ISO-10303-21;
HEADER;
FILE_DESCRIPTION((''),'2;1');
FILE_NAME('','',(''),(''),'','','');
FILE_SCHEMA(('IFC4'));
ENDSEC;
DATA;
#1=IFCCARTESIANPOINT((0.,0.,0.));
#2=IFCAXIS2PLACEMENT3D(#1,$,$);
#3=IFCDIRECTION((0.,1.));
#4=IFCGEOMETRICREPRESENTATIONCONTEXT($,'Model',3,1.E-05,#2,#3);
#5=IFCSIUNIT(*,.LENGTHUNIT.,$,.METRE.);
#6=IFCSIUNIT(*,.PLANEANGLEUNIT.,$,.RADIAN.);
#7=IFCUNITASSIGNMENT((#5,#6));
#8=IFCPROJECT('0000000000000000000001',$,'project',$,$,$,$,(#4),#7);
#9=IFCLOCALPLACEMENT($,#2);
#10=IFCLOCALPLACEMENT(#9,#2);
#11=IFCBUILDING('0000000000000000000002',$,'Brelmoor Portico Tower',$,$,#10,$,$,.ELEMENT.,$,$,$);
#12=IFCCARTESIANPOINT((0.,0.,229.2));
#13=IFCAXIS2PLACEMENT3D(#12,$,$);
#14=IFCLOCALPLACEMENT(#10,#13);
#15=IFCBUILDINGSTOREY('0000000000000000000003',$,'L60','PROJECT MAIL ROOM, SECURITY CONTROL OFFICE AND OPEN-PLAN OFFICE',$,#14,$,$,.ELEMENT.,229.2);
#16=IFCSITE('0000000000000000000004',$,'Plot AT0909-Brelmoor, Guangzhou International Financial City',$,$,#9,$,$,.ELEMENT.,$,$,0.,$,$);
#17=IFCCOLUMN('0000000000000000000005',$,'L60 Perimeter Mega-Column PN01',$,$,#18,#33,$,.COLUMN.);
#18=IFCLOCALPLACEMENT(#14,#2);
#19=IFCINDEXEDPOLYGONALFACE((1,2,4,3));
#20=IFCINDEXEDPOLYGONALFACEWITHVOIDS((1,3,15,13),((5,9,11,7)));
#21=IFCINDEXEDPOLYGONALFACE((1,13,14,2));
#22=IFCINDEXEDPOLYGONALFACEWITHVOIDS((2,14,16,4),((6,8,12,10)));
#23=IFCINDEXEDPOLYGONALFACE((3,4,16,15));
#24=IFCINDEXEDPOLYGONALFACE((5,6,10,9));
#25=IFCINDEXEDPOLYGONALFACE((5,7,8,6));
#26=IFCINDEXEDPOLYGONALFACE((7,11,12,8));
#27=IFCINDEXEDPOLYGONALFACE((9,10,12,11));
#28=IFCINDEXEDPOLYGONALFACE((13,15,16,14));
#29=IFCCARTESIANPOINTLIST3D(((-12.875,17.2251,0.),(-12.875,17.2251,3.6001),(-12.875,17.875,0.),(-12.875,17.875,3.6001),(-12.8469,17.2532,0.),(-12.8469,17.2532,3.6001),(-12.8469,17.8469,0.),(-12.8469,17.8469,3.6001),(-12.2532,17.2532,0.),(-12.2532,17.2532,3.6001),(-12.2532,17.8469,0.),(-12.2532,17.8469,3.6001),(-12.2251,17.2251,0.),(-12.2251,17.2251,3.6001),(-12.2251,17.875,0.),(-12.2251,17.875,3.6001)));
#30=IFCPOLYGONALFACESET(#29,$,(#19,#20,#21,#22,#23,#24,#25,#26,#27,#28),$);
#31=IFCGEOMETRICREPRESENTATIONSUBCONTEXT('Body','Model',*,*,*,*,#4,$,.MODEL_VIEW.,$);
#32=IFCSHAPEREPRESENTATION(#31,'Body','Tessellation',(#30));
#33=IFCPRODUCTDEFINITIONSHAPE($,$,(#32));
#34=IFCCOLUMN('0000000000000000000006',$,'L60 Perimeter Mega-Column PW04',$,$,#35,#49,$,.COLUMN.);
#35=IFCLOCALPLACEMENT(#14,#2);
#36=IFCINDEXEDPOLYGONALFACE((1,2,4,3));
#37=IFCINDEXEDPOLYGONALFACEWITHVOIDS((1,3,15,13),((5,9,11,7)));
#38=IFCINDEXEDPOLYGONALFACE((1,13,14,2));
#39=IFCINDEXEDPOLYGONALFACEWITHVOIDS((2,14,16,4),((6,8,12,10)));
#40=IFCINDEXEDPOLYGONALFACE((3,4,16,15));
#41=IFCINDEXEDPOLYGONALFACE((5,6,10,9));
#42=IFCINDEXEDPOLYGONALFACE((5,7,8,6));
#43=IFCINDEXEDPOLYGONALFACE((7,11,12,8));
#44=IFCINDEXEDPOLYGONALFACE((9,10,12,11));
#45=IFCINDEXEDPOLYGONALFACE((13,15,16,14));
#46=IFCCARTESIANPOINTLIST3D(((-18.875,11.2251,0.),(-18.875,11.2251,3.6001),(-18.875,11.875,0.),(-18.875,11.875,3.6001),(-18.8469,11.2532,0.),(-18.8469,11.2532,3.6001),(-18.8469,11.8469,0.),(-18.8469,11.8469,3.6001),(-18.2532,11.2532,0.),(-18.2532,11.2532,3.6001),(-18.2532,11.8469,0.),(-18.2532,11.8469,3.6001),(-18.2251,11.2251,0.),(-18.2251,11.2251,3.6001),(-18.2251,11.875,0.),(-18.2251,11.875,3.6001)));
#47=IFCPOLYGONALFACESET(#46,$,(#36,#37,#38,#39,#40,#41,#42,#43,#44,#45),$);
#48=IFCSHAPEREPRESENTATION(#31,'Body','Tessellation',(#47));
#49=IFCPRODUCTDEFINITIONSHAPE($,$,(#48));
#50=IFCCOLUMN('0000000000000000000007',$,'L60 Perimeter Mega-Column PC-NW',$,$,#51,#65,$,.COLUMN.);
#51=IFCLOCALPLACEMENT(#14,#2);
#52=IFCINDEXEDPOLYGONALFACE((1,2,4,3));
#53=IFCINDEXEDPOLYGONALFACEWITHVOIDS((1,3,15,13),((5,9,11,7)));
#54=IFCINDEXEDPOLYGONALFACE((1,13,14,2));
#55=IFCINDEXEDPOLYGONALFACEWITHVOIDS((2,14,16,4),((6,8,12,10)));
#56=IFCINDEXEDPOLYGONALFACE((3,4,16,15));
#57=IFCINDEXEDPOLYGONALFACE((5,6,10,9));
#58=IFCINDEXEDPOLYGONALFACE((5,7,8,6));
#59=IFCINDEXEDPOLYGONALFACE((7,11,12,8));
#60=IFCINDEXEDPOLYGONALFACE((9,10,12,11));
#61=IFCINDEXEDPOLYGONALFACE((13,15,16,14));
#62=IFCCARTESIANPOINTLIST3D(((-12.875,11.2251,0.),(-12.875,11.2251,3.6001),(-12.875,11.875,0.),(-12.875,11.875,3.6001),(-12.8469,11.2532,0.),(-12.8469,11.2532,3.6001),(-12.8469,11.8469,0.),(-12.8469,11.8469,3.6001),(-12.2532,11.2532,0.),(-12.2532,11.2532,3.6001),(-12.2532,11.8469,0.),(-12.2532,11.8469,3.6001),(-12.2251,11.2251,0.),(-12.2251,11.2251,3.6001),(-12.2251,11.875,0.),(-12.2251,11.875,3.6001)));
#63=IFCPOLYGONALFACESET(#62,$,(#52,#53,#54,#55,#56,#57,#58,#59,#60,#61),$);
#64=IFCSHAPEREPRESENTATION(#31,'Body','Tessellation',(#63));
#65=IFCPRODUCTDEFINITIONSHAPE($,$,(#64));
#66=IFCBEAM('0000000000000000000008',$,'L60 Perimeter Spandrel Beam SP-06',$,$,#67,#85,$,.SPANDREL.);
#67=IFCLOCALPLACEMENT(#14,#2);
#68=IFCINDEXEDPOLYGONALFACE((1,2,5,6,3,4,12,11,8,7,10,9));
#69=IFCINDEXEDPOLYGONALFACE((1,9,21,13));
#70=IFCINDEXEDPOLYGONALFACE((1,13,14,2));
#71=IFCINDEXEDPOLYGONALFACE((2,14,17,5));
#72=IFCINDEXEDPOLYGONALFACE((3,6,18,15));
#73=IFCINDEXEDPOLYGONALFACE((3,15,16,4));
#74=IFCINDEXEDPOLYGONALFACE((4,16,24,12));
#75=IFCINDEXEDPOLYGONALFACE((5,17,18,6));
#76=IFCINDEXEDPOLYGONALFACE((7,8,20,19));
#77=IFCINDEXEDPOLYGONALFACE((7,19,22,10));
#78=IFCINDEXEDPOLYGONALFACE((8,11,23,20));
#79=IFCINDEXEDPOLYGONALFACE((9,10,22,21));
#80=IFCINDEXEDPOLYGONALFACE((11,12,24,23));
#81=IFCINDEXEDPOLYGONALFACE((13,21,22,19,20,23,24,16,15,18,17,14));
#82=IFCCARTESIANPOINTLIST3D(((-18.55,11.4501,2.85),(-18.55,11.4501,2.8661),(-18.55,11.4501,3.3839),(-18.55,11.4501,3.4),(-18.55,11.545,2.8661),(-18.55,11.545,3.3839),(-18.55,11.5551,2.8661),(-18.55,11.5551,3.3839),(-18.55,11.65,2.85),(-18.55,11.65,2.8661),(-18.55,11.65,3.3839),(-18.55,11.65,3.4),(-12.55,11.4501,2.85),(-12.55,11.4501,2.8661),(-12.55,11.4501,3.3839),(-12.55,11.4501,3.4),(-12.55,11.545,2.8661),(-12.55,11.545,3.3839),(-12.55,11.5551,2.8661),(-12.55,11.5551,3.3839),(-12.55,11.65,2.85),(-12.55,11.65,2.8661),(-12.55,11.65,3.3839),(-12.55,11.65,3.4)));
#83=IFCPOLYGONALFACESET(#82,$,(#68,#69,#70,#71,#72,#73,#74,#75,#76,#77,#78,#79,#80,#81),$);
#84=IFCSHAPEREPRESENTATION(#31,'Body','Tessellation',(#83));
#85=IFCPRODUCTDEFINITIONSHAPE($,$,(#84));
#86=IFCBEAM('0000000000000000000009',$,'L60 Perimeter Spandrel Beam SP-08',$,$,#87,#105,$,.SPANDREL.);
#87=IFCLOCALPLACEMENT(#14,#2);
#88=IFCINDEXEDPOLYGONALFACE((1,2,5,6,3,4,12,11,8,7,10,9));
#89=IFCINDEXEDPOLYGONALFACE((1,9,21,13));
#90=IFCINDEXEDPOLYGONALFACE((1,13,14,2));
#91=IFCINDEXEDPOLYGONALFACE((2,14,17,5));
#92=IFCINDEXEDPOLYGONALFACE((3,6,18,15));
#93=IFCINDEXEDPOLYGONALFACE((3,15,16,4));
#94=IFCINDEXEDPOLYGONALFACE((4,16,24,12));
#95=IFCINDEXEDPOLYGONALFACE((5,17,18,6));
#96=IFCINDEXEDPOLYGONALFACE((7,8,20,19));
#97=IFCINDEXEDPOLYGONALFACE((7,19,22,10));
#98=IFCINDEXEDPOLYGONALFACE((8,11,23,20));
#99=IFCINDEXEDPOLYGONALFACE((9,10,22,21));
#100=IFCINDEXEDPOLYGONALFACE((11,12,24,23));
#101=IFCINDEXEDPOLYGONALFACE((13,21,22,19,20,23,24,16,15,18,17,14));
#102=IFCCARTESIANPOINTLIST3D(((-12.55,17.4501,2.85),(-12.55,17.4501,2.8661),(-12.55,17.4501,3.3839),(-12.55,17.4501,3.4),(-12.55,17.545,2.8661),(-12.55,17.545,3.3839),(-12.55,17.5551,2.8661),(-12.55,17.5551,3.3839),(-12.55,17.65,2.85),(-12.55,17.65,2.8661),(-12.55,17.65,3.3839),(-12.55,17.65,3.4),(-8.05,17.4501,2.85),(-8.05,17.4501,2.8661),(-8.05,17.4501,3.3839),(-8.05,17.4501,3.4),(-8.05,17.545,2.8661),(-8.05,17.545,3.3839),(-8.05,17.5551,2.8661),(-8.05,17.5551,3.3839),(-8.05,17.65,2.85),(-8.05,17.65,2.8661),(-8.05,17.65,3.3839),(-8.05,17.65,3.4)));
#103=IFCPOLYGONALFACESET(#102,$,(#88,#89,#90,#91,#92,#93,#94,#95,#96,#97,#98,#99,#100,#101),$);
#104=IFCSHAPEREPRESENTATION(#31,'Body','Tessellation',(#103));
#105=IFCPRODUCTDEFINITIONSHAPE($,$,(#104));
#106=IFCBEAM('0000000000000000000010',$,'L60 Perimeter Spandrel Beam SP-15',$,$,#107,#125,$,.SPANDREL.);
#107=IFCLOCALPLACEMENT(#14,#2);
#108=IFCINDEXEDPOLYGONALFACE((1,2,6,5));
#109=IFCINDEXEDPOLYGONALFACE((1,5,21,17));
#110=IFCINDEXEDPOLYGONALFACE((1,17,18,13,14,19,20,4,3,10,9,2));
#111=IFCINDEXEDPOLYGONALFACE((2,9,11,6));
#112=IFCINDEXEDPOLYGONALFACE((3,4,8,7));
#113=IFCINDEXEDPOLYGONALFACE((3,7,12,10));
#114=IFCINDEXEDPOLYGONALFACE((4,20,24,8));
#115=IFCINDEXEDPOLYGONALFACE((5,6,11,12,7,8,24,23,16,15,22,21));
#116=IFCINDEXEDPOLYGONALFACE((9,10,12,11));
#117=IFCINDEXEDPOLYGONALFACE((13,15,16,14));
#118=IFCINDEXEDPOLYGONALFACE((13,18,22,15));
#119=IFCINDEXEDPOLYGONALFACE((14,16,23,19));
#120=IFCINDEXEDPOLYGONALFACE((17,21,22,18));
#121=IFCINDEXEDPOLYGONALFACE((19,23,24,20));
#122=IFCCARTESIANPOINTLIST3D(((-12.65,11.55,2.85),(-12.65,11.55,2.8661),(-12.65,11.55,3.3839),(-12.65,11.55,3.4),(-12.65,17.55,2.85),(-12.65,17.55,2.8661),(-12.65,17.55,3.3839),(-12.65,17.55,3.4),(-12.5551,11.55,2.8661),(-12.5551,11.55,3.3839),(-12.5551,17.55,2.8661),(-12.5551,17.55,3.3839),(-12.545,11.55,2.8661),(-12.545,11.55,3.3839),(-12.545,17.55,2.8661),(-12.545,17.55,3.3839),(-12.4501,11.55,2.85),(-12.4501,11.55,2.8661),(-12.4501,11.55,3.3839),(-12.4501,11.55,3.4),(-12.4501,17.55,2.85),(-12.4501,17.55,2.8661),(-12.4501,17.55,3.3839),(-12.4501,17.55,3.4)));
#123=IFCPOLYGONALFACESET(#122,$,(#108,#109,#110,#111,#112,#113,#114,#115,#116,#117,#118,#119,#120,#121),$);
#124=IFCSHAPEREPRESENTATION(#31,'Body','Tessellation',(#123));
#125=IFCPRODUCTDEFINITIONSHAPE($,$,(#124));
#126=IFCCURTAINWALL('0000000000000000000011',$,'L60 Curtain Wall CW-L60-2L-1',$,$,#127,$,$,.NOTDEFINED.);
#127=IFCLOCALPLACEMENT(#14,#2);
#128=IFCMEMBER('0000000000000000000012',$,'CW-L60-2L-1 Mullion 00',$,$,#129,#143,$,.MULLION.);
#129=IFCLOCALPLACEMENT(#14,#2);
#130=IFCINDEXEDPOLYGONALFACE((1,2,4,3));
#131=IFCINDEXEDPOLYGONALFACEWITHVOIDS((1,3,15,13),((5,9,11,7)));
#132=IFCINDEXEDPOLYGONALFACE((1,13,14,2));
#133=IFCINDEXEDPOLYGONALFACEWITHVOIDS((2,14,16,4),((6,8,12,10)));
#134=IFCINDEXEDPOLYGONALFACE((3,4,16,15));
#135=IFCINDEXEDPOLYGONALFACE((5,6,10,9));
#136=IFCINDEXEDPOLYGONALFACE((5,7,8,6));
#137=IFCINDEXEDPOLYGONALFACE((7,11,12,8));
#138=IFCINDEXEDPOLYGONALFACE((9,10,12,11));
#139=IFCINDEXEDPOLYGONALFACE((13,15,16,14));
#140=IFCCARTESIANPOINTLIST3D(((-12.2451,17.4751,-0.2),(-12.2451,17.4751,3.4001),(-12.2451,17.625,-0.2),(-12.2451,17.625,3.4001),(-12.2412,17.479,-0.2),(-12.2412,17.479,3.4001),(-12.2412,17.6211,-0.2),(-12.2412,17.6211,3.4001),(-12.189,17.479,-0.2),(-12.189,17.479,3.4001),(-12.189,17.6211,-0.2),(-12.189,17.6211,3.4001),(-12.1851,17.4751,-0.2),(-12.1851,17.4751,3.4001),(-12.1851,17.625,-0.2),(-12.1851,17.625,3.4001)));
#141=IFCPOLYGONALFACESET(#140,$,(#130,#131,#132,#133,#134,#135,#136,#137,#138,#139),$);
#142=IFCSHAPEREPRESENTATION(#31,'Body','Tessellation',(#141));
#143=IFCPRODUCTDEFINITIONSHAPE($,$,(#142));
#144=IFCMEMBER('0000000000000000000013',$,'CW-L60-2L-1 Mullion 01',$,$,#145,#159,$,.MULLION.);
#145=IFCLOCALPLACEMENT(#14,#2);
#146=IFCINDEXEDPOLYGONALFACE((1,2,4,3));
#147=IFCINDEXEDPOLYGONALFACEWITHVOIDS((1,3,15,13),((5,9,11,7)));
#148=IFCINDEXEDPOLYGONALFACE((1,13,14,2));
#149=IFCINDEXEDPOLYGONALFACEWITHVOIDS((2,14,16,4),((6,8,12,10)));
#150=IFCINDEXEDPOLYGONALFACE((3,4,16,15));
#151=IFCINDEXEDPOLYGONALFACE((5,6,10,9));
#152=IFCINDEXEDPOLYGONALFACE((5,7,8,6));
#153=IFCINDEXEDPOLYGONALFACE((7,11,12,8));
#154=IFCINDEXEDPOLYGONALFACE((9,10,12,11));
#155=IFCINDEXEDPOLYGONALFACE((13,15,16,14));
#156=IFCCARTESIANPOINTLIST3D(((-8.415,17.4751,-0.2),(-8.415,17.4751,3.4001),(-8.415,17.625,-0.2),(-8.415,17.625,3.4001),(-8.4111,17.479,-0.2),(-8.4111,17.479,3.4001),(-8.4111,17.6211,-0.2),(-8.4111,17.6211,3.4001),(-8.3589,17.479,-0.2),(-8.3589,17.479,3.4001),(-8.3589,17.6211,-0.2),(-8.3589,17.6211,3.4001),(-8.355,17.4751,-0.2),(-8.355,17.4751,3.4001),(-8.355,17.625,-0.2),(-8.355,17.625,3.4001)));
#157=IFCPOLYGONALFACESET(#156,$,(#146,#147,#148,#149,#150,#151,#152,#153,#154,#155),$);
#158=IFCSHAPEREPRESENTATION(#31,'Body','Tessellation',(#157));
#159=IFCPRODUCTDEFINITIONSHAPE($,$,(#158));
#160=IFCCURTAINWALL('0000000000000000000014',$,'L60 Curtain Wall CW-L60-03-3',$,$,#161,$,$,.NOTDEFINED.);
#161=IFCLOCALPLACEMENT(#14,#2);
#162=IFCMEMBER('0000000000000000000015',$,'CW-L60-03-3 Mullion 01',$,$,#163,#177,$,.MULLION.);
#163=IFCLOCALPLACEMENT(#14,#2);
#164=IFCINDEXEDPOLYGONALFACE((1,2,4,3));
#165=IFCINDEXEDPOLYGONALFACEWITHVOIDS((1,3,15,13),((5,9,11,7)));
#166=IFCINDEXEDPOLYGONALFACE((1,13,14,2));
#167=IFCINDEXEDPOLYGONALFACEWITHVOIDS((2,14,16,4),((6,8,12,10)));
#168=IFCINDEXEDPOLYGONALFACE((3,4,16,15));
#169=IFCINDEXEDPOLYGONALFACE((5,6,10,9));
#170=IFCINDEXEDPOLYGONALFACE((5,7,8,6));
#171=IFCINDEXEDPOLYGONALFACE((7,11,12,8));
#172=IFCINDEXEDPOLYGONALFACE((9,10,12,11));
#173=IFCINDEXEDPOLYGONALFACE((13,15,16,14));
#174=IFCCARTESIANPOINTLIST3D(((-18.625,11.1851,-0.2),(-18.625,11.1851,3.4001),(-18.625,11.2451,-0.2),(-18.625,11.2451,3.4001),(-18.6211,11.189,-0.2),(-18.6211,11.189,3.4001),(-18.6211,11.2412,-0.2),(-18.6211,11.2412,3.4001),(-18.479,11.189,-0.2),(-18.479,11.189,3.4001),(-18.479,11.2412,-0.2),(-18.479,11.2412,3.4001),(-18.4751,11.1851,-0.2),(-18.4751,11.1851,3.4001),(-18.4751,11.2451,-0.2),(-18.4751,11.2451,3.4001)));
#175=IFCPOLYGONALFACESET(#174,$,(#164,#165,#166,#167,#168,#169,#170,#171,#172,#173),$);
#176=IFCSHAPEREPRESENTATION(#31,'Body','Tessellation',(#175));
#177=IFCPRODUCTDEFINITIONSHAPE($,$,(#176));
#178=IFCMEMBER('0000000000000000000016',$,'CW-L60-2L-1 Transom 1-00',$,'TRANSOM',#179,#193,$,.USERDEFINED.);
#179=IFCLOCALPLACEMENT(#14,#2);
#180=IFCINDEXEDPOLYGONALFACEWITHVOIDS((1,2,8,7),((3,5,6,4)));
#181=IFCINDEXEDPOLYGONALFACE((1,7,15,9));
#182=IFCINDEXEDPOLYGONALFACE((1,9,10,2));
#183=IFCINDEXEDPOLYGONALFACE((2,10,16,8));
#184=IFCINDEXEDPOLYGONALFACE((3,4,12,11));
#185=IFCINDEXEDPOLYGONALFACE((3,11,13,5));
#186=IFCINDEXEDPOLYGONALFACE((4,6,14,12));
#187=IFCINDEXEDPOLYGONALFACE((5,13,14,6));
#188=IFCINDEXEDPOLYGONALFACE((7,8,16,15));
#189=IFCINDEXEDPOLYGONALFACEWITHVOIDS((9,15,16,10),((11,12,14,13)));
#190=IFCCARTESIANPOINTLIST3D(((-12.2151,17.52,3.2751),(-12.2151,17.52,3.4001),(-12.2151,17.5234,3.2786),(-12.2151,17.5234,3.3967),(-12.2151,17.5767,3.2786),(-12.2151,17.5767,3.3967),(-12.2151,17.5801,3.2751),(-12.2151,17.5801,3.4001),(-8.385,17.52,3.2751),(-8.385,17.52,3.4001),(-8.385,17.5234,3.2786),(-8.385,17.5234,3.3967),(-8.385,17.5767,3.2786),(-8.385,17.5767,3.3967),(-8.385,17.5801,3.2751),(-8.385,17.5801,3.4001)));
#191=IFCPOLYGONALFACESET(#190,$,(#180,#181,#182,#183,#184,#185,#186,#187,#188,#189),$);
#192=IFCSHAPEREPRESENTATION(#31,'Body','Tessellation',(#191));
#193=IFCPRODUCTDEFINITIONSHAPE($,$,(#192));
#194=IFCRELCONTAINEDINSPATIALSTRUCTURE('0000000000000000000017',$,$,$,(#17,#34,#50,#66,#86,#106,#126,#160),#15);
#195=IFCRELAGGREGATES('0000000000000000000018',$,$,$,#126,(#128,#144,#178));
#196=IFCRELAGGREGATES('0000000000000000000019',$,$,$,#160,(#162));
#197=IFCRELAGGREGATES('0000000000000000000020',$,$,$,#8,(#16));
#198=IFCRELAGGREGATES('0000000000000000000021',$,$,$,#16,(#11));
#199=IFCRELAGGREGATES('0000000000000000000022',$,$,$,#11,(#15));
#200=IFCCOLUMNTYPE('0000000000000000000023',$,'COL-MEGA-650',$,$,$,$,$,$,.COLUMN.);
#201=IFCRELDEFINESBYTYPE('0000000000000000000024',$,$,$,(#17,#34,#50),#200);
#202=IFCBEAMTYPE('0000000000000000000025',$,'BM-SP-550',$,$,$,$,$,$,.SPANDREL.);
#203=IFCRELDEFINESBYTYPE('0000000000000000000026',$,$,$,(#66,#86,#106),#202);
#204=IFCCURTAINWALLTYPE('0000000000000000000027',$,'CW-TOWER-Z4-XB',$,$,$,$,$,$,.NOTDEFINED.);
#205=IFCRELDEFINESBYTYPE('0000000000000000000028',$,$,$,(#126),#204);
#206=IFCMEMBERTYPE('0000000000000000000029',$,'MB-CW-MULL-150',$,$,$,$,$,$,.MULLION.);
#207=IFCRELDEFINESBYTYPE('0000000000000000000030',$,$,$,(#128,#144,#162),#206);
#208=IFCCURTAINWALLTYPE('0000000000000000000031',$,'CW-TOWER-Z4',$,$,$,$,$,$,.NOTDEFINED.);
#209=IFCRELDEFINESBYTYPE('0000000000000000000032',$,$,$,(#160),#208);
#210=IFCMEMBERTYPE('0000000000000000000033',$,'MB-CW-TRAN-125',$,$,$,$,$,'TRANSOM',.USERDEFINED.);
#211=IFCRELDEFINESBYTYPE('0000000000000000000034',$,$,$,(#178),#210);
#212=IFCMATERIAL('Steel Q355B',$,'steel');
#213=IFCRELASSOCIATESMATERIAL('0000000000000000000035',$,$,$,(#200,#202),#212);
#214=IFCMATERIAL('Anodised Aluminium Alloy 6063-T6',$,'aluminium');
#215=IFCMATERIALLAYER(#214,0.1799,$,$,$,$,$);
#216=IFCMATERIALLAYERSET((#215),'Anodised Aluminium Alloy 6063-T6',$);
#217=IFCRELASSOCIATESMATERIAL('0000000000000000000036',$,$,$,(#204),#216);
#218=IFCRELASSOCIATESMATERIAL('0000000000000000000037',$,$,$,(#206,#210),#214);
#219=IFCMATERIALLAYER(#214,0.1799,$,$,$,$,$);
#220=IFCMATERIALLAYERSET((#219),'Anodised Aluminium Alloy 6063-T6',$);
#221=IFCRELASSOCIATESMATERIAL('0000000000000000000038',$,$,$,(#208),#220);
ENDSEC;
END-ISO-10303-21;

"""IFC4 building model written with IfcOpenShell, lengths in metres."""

from ifc_helpers import new_model, si_unit, direction, frame, origin, origin_2d, place, context, subcontext, project, spatial, hollow_rectangle, i_section, extrude, material, layer, layer_set, material_profile, profile_set, type_object, element, aggregate, save


model = new_model("IFC4")

# Units and contexts
model_context = context("Model", 3, precision=1e-05, world=origin(), true_north=direction((0.0, 1.0)))
body_context = subcontext(model_context, "Body", "Model", "MODEL_VIEW")
ifc_project = project(units=[si_unit("LENGTHUNIT", "METRE"), si_unit("PLANEANGLEUNIT", "RADIAN")], contexts=[model_context])

# Site, building, storey
site_placement = place(None, origin())
site = spatial("IfcSite", under=ifc_project, at=site_placement, Name="Plot AT0909-Brelmoor, Guangzhou International Financial City", CompositionType="ELEMENT", RefElevation=0.0)
building_placement = place(site_placement, origin())
building = spatial("IfcBuilding", under=site, at=building_placement, Name="Brelmoor Portico Tower", CompositionType="ELEMENT")
storey_placement = place(building_placement, frame((0.0, 0.0, 229.2)))
storey = spatial("IfcBuildingStorey", under=building, at=storey_placement, Name="L60", Description="PROJECT MAIL ROOM, SECURITY CONTROL OFFICE AND OPEN-PLAN OFFICE", CompositionType="ELEMENT", Elevation=229.2)

# Columns
ifc_material_1 = material(Name="Steel Q355B", Category="steel")
ifc_material_profile_1 = material_profile(ifc_material_1, hollow_rectangle(XDim=0.6499, YDim=0.6499, WallThickness=0.0281, at=origin_2d()), Name="BOX 650x650x28")
ifc_profile_set_1 = profile_set([ifc_material_profile_1], Name="Steel Q355B")
column_type = type_object("IfcColumnType", Name="COL-MEGA-650", PredefinedType="COLUMN", material=ifc_profile_set_1)
for number, where, z_axis, x_axis, name in (
    (1, (-12.55, 17.55, 0.0), (0.0, 0.0, 1.0), (1.0, 0.0, 0.0), "L60 Perimeter Mega-Column PN01"),
    (2, (-18.55, 11.55, 0.0), (0.0, 0.0, 1.0), (0.0, 1.0, 0.0), "L60 Perimeter Mega-Column PW04"),
    (3, (-12.55, 11.55, 0.0), (0.0, 0.0, 1.0), (1.0, 0.0, 0.0), "L60 Perimeter Mega-Column PC-NW"),
):
    element("IfcColumn", number, at=place(storey_placement, frame(where, z_axis=z_axis, x_axis=x_axis)), inside=storey, type_object=column_type, Name=name, PredefinedType="COLUMN", context=body_context, shape_type="SweptSolid", body=[
        extrude(hollow_rectangle(XDim=0.6499, YDim=0.6499, WallThickness=0.0281, at=origin_2d()), origin(), (0.0, 0.0, 1.0), 3.6001),
    ])

# Beams
ifc_material_profile_2 = material_profile(ifc_material_1, i_section(OverallWidth=0.2, OverallDepth=0.55, WebThickness=0.01, FlangeThickness=0.0161, at=origin_2d()), Name="HN 550x200x10x16")
ifc_profile_set_2 = profile_set([ifc_material_profile_2], Name="Steel Q355B")
beam_type = type_object("IfcBeamType", Name="BM-SP-550", PredefinedType="SPANDREL", material=ifc_profile_set_2)
beam_1_placement = place(storey_placement, frame((-18.55, 11.55, 3.125), z_axis=(1.0, 0.0, 0.0), x_axis=(0.0, 1.0, 0.0)))
element("IfcBeam", 4, at=beam_1_placement, inside=storey, type_object=beam_type, Name="L60 Perimeter Spandrel Beam SP-06", PredefinedType="SPANDREL", context=body_context, shape_type="SweptSolid", body=[
    extrude(i_section(OverallWidth=0.2, OverallDepth=0.55, WebThickness=0.01, FlangeThickness=0.0161, at=origin_2d()), origin(), (0.0, 0.0, 1.0), 6.0),
])
beam_2_placement = place(storey_placement, frame((-12.55, 17.55, 3.125), z_axis=(1.0, 0.0, 0.0), x_axis=(0.0, 1.0, 0.0)))
element("IfcBeam", 5, at=beam_2_placement, inside=storey, type_object=beam_type, Name="L60 Perimeter Spandrel Beam SP-08", PredefinedType="SPANDREL", context=body_context, shape_type="SweptSolid", body=[
    extrude(i_section(OverallWidth=0.2, OverallDepth=0.55, WebThickness=0.01, FlangeThickness=0.0161, at=origin_2d()), origin(), (0.0, 0.0, 1.0), 4.5),
])
beam_3_placement = place(storey_placement, frame((-12.55, 11.55, 3.125), z_axis=(0.0, 1.0, 0.0), x_axis=(-1.0, 0.0, 0.0)))
element("IfcBeam", 6, at=beam_3_placement, inside=storey, type_object=beam_type, Name="L60 Perimeter Spandrel Beam SP-15", PredefinedType="SPANDREL", context=body_context, shape_type="SweptSolid", body=[
    extrude(i_section(OverallWidth=0.2, OverallDepth=0.55, WebThickness=0.01, FlangeThickness=0.0161, at=origin_2d()), origin(), (0.0, 0.0, 1.0), 6.0),
])

# Curtain wall, members
ifc_material_2 = material(Name="Anodised Aluminium Alloy 6063-T6", Category="aluminium")
ifc_layer_1 = layer(ifc_material_2, 0.1799)
ifc_layer_set_1 = layer_set([ifc_layer_1], Name="Anodised Aluminium Alloy 6063-T6")
curtain_wall_type_1 = type_object("IfcCurtainWallType", Name="CW-TOWER-Z4-XB", PredefinedType="NOTDEFINED", material=ifc_layer_set_1)
curtain_wall_1_placement = place(storey_placement, origin())
curtain_wall_1 = element("IfcCurtainWall", 7, at=curtain_wall_1_placement, inside=storey, type_object=curtain_wall_type_1, Name="L60 Curtain Wall CW-L60-2L-1", PredefinedType="NOTDEFINED")
ifc_material_profile_3 = material_profile(ifc_material_2, hollow_rectangle(XDim=0.0601, YDim=0.1499, WallThickness=0.0039, at=origin_2d()), Name="ALU MULLION 60x150")
ifc_profile_set_3 = profile_set([ifc_material_profile_3], Name="Anodised Aluminium Alloy 6063-T6")
member_type_1 = type_object("IfcMemberType", Name="MB-CW-MULL-150", PredefinedType="MULLION", material=ifc_profile_set_3)
member_1_placement = place(storey_placement, frame((-12.2151, 17.55, -0.2), z_axis=(0.0, 0.0, 1.0), x_axis=(1.0, 0.0, 0.0)))
member_1 = element("IfcMember", 8, at=member_1_placement, type_object=member_type_1, Name="CW-L60-2L-1 Mullion 00", PredefinedType="MULLION", context=body_context, shape_type="SweptSolid", body=[
    extrude(hollow_rectangle(XDim=0.0601, YDim=0.1499, WallThickness=0.0039, at=origin_2d()), origin(), (0.0, 0.0, 1.0), 3.6001),
])
member_2_placement = place(storey_placement, frame((-8.385, 17.55, -0.2), z_axis=(0.0, 0.0, 1.0), x_axis=(1.0, 0.0, 0.0)))
member_2 = element("IfcMember", 9, at=member_2_placement, type_object=member_type_1, Name="CW-L60-2L-1 Mullion 01", PredefinedType="MULLION", context=body_context, shape_type="SweptSolid", body=[
    extrude(hollow_rectangle(XDim=0.0601, YDim=0.1499, WallThickness=0.0039, at=origin_2d()), origin(), (0.0, 0.0, 1.0), 3.6001),
])

# Curtain wall, member
ifc_layer_2 = layer(ifc_material_2, 0.1799)
ifc_layer_set_2 = layer_set([ifc_layer_2], Name="Anodised Aluminium Alloy 6063-T6")
curtain_wall_type_2 = type_object("IfcCurtainWallType", Name="CW-TOWER-Z4", PredefinedType="NOTDEFINED", material=ifc_layer_set_2)
curtain_wall_2_placement = place(storey_placement, origin())
curtain_wall_2 = element("IfcCurtainWall", 10, at=curtain_wall_2_placement, inside=storey, type_object=curtain_wall_type_2, Name="L60 Curtain Wall CW-L60-03-3", PredefinedType="NOTDEFINED")
member_3_placement = place(storey_placement, frame((-18.55, 11.2151, -0.2), z_axis=(0.0, 0.0, 1.0), x_axis=(0.0, 1.0, 0.0)))
member_3 = element("IfcMember", 11, at=member_3_placement, type_object=member_type_1, Name="CW-L60-03-3 Mullion 01", PredefinedType="MULLION", context=body_context, shape_type="SweptSolid", body=[
    extrude(hollow_rectangle(XDim=0.0601, YDim=0.1499, WallThickness=0.0039, at=origin_2d()), origin(), (0.0, 0.0, 1.0), 3.6001),
])

# Member
ifc_material_profile_4 = material_profile(ifc_material_2, hollow_rectangle(XDim=0.0601, YDim=0.125, WallThickness=0.0034, at=origin_2d()), Name="ALU TRANSOM 60x125")
ifc_profile_set_4 = profile_set([ifc_material_profile_4], Name="Anodised Aluminium Alloy 6063-T6")
member_type_2 = type_object("IfcMemberType", Name="MB-CW-TRAN-125", ElementType="TRANSOM", PredefinedType="USERDEFINED", material=ifc_profile_set_4)
member_4_placement = place(storey_placement, frame((-12.2151, 17.55, 3.3376), z_axis=(1.0, 0.0, 0.0), x_axis=(0.0, 1.0, 0.0)))
member_4 = element("IfcMember", 12, at=member_4_placement, type_object=member_type_2, Name="CW-L60-2L-1 Transom 1-00", ObjectType="TRANSOM", PredefinedType="USERDEFINED", context=body_context, shape_type="SweptSolid", body=[
    extrude(hollow_rectangle(XDim=0.0601, YDim=0.125, WallThickness=0.0034, at=origin_2d()), origin(), (0.0, 0.0, 1.0), 3.8301),
])

aggregate(curtain_wall_1, [member_1, member_2, member_4])
aggregate(curtain_wall_2, [member_3])

save(model, "model.ifc")
